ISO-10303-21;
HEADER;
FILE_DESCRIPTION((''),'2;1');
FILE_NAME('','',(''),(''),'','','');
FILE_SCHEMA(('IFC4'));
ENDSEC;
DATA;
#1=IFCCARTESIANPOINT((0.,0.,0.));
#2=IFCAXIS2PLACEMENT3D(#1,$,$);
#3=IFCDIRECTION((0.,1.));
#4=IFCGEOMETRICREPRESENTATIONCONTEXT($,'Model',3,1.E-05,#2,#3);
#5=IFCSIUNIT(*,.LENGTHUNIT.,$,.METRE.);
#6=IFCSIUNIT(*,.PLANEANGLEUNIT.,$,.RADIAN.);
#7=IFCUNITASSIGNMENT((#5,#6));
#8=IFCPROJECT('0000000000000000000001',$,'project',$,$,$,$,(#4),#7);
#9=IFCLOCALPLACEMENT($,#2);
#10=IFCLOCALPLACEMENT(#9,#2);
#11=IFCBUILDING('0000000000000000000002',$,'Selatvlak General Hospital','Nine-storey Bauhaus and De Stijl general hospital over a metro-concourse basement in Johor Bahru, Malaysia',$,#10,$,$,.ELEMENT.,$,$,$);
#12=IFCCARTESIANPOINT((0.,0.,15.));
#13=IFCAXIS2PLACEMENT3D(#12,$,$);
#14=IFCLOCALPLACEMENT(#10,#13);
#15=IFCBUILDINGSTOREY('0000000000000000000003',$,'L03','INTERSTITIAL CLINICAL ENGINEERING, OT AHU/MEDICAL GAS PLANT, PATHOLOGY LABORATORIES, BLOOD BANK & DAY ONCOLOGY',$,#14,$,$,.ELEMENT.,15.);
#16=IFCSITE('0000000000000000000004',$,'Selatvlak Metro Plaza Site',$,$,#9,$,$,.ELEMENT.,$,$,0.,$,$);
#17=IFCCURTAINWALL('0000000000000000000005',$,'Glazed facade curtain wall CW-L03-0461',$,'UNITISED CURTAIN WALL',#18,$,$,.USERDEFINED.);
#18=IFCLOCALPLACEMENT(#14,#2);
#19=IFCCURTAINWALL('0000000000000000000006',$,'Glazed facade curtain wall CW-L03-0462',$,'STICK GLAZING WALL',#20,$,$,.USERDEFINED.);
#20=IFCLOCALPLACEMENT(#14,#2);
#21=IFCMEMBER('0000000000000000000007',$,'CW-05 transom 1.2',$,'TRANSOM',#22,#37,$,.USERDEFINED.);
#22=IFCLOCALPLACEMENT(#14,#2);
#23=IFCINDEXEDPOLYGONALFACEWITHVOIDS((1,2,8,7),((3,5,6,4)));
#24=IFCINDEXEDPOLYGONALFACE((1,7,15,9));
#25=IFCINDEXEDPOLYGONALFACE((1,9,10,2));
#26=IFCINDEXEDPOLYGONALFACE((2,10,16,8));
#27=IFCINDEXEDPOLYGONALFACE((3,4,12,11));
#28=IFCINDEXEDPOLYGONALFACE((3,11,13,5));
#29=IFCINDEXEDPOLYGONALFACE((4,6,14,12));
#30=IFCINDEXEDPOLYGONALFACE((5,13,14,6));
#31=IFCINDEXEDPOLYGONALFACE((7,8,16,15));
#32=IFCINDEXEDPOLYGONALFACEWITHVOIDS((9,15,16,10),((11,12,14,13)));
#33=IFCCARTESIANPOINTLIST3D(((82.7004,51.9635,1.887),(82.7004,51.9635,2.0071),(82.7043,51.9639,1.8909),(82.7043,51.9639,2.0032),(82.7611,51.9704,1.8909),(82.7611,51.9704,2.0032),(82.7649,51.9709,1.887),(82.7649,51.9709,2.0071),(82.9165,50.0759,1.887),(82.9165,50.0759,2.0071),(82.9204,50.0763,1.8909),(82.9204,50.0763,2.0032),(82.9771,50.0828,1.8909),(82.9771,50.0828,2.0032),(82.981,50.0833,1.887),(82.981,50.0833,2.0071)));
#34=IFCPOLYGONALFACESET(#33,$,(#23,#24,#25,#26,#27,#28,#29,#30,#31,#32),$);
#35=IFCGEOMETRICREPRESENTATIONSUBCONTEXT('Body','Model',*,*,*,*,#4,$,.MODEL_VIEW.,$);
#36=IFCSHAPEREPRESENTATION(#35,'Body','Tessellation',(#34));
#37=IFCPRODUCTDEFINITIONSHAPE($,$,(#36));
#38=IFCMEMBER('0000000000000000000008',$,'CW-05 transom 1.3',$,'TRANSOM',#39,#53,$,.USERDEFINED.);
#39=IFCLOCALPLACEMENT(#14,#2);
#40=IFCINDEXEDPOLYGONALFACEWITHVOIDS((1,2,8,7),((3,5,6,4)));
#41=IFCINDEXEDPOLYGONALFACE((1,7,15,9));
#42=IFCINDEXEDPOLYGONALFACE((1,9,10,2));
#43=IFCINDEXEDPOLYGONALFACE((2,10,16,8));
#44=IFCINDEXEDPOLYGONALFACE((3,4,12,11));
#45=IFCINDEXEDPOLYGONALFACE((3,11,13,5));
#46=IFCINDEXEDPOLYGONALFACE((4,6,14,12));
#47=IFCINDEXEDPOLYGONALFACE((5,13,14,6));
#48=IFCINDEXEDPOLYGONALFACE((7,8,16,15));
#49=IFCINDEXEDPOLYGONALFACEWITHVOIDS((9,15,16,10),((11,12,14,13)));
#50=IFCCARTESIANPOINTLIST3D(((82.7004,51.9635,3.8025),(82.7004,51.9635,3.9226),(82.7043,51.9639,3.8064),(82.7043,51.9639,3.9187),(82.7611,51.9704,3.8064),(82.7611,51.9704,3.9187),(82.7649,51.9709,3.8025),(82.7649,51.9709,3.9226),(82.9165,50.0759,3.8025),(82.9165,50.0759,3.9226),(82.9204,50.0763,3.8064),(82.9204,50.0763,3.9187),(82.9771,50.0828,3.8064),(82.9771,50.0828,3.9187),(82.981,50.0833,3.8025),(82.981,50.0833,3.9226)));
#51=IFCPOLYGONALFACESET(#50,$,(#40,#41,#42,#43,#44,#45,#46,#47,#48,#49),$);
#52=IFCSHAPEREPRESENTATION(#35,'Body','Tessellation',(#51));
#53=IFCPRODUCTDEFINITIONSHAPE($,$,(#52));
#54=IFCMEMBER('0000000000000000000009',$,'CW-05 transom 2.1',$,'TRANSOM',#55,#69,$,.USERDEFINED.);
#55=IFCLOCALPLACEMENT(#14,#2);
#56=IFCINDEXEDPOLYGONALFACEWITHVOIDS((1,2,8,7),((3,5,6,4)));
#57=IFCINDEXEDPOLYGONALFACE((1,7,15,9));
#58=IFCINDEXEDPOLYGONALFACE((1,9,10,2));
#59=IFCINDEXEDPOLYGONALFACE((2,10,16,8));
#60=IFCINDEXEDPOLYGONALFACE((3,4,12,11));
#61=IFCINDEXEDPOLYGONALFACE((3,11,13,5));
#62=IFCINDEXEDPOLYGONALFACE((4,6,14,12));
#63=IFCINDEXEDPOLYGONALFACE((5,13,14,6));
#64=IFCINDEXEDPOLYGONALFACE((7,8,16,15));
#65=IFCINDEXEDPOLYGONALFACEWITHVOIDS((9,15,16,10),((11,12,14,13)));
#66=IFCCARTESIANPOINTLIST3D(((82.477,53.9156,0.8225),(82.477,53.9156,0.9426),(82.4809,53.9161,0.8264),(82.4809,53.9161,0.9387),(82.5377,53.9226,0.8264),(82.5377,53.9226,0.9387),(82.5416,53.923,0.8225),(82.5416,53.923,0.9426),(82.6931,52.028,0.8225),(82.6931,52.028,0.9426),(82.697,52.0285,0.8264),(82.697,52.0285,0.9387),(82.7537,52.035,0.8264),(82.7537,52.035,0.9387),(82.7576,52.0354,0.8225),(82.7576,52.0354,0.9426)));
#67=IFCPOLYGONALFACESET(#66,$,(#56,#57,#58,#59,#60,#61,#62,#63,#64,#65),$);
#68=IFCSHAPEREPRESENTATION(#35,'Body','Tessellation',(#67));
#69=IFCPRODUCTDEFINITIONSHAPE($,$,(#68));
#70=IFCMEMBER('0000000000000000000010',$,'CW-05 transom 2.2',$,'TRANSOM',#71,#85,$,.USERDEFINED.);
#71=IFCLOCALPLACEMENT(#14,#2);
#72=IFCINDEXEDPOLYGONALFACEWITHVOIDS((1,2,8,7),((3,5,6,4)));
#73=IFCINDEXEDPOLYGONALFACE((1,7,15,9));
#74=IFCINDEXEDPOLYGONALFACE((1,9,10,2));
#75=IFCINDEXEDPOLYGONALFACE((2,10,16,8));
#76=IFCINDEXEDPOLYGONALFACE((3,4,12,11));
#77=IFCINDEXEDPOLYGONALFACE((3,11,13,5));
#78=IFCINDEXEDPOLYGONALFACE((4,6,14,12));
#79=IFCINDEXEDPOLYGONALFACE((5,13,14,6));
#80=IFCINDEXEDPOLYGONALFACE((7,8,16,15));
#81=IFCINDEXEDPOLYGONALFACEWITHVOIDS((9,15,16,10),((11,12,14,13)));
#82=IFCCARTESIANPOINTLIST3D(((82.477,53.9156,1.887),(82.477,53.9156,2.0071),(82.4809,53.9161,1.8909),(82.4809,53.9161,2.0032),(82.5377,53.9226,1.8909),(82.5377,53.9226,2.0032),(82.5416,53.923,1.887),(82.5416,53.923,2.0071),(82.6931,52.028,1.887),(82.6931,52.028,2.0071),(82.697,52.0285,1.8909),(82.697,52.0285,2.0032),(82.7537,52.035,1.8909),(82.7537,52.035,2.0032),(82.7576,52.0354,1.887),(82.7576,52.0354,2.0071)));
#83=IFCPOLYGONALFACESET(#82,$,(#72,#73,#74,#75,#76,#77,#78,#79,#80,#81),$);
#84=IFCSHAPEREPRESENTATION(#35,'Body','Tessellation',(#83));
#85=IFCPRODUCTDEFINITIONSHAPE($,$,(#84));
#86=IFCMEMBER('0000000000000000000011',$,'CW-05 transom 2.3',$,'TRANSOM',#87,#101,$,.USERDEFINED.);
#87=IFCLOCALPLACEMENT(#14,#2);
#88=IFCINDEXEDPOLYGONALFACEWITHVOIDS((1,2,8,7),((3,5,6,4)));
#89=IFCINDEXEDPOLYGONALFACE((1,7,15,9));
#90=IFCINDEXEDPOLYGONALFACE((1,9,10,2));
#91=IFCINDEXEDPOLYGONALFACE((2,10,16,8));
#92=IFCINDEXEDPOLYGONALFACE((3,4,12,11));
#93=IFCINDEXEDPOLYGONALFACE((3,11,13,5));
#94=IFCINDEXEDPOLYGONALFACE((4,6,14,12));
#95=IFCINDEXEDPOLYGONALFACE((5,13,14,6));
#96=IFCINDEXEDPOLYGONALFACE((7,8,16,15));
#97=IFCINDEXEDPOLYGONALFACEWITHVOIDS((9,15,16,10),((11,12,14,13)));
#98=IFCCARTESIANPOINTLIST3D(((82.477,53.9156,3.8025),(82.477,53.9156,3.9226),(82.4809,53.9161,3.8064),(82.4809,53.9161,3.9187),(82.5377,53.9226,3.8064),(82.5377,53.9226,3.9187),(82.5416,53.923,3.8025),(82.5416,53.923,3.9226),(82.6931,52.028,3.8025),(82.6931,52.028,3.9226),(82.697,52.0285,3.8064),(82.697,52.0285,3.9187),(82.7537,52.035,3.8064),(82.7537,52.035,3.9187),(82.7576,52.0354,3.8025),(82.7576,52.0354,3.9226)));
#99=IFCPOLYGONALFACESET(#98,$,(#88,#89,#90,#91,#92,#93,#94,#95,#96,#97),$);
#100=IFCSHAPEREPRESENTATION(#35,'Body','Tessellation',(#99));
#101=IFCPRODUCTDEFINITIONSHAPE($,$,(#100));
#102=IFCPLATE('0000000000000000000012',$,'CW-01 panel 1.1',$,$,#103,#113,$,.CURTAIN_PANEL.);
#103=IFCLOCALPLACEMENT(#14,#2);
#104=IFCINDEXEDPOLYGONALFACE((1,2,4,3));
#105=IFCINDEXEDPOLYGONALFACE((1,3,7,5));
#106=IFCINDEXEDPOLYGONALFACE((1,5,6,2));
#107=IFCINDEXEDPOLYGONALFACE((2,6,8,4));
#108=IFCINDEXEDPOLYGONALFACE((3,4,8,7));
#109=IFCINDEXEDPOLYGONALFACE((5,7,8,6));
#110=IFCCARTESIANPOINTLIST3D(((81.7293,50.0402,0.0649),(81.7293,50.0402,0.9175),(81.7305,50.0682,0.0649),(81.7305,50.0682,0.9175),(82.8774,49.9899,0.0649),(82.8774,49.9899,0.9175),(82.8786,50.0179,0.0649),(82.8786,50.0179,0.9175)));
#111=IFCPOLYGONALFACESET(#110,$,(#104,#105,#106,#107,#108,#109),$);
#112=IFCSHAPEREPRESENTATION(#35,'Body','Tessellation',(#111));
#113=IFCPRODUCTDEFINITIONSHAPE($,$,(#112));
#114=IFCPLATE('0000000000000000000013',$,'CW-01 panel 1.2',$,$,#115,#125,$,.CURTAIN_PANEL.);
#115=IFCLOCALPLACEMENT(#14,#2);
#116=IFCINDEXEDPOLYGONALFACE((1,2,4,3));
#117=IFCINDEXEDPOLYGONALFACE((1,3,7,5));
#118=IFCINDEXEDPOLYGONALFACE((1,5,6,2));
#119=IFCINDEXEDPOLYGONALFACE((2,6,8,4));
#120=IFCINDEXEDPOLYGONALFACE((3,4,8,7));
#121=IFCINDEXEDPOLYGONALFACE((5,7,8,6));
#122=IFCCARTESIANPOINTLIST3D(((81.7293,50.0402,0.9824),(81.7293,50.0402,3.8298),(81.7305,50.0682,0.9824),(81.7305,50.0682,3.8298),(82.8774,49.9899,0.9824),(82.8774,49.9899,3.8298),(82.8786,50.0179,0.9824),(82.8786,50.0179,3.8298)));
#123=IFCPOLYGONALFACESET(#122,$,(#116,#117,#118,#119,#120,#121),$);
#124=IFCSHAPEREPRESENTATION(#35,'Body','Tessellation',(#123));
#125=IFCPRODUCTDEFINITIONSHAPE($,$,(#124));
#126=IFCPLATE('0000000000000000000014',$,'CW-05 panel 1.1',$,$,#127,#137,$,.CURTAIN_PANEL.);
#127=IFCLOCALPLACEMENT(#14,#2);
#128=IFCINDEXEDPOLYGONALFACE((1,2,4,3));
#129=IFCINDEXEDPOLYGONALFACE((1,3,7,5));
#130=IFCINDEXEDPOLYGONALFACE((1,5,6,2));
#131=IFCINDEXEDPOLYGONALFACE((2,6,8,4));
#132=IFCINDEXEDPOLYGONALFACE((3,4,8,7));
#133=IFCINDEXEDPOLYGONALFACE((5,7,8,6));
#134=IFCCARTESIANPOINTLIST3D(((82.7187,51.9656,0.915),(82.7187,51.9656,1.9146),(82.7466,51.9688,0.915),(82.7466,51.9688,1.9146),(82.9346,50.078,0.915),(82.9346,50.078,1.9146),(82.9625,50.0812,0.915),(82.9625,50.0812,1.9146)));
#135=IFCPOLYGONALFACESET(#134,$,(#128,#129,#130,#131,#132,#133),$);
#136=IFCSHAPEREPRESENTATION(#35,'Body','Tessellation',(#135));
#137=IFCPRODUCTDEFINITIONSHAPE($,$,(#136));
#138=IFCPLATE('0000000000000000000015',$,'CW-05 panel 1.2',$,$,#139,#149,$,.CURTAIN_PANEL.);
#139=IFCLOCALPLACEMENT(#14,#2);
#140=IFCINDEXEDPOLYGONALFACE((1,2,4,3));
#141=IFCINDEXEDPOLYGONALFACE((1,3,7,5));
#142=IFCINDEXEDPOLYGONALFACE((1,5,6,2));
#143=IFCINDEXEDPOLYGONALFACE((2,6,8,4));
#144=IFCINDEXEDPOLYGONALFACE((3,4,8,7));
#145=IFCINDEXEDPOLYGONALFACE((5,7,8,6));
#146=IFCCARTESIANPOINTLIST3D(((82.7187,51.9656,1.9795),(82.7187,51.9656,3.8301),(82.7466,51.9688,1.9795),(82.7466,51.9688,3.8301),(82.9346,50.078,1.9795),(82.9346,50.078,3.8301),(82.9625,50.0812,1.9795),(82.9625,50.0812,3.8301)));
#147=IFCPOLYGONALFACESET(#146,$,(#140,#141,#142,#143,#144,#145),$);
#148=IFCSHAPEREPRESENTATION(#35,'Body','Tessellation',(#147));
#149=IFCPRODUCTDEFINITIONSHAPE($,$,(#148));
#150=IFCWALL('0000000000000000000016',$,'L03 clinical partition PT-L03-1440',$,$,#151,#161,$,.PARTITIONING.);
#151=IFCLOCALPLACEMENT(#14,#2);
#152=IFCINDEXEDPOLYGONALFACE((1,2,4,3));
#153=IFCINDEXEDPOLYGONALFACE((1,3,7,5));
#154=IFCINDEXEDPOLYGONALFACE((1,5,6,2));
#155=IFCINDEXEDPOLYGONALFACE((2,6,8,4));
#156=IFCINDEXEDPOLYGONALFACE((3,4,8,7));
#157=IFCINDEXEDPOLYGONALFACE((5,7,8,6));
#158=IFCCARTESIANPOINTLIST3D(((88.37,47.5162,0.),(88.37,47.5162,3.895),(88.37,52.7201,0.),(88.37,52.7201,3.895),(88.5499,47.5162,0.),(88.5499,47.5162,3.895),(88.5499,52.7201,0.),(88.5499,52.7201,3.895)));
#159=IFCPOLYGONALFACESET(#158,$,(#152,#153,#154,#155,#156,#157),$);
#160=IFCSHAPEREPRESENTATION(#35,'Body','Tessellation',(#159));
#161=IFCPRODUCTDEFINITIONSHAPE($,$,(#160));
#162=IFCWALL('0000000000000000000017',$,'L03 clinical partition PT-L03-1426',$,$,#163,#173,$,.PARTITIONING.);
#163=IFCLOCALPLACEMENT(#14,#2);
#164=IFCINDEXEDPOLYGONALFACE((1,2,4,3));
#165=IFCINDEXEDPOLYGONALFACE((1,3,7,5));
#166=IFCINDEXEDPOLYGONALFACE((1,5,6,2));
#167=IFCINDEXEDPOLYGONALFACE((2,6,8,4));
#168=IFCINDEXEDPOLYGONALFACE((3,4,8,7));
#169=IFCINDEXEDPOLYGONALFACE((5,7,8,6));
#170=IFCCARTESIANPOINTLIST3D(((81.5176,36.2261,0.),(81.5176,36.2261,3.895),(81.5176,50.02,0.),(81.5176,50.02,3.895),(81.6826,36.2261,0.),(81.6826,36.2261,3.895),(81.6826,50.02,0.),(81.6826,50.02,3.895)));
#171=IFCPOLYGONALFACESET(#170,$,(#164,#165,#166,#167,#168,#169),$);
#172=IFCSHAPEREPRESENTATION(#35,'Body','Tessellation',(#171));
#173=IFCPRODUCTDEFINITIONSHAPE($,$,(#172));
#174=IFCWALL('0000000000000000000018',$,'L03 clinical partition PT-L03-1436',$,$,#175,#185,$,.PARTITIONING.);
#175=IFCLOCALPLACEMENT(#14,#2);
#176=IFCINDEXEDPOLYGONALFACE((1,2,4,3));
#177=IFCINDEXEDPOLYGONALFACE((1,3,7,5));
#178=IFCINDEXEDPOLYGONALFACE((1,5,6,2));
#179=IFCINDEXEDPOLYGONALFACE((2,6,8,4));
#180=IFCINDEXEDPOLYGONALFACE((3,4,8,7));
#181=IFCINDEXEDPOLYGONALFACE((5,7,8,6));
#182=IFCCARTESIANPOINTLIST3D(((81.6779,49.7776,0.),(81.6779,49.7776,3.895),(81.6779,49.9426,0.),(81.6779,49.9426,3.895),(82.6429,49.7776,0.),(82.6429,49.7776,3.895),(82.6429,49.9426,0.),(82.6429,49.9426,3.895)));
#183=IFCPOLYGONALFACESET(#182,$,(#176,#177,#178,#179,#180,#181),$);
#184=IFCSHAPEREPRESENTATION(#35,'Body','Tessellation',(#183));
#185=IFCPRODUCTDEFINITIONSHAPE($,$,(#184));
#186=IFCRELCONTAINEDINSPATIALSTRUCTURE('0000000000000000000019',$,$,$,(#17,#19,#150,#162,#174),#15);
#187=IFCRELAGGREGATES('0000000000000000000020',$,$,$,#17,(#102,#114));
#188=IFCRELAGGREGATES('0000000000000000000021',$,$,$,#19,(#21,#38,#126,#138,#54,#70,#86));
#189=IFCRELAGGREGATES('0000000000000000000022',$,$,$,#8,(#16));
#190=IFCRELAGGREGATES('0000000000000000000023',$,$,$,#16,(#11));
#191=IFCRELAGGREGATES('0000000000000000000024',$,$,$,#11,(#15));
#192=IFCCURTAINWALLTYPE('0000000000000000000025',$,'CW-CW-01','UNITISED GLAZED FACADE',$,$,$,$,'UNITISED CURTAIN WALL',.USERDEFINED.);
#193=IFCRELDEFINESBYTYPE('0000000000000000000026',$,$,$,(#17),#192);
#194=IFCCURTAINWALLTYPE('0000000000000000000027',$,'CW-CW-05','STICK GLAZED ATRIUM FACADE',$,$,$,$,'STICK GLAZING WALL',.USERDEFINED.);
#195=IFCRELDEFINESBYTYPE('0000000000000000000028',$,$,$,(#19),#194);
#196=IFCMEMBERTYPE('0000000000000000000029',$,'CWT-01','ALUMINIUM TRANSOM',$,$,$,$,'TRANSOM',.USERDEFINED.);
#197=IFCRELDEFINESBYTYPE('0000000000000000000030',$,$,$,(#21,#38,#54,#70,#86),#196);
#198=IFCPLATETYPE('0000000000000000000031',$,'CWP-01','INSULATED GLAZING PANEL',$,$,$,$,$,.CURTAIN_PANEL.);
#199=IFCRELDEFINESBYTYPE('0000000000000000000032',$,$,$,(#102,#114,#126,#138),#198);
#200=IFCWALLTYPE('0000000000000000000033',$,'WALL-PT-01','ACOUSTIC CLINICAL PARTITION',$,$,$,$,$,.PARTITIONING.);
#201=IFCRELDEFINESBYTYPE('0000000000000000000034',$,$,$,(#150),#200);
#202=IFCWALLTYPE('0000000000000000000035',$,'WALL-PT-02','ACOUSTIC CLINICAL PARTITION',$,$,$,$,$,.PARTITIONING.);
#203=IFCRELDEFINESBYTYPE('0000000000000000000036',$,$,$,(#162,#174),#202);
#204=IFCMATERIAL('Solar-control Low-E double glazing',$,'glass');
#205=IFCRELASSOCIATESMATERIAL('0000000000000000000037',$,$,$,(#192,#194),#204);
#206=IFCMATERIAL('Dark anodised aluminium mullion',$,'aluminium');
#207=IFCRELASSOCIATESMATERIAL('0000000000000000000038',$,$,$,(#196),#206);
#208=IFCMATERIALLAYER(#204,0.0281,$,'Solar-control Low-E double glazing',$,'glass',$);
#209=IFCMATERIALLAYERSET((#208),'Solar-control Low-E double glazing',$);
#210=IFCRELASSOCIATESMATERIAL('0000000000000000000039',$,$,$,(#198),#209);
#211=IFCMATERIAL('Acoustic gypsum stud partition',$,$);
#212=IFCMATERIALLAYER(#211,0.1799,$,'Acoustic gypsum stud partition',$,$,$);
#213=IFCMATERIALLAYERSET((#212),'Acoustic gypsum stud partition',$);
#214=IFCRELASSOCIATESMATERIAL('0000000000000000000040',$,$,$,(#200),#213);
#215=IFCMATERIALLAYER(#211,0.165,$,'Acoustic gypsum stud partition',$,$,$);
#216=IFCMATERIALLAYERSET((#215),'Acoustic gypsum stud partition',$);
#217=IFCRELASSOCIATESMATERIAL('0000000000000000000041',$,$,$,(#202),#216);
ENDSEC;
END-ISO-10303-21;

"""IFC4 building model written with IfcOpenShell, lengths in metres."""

from ifc_helpers import new_model, si_unit, direction, frame, frame_2d, origin, origin_2d, place, context, subcontext, project, spatial, rectangle, hollow_rectangle, extrude, material, layer, layer_set, material_profile, profile_set, type_object, element, aggregate, save


model = new_model("IFC4")

# Units and contexts
model_context = context("Model", 3, precision=1e-05, world=origin(), true_north=direction((0.0, 1.0)))
body_context = subcontext(model_context, "Body", "Model", "MODEL_VIEW")
ifc_project = project(units=[si_unit("LENGTHUNIT", "METRE"), si_unit("PLANEANGLEUNIT", "RADIAN")], contexts=[model_context])

# Site, building, storey
site_placement = place(None, origin())
site = spatial("IfcSite", under=ifc_project, at=site_placement, Name="Selatvlak Metro Plaza Site", CompositionType="ELEMENT", RefElevation=0.0)
building_placement = place(site_placement, origin())
building = spatial("IfcBuilding", under=site, at=building_placement, Name="Selatvlak General Hospital", Description="Nine-storey Bauhaus and De Stijl general hospital over a metro-concourse basement in Johor Bahru, Malaysia", CompositionType="ELEMENT")
storey_placement = place(building_placement, frame((0.0, 0.0, 15.0)))
storey = spatial("IfcBuildingStorey", under=building, at=storey_placement, Name="L03", Description="INTERSTITIAL CLINICAL ENGINEERING, OT AHU/MEDICAL GAS PLANT, PATHOLOGY LABORATORIES, BLOOD BANK & DAY ONCOLOGY", CompositionType="ELEMENT", Elevation=15.0)

# Shared definitions
ifc_material_1 = material(Name="Solar-control Low-E double glazing", Category="glass")
ifc_material_2 = material(Name="Dark anodised aluminium mullion", Category="aluminium")

# Curtain walls
curtain_wall_type_1 = type_object("IfcCurtainWallType", Name="CW-CW-01", Description="UNITISED GLAZED FACADE", ElementType="UNITISED CURTAIN WALL", PredefinedType="USERDEFINED", material=ifc_material_1)
curtain_wall_1_placement = place(storey_placement, origin())
curtain_wall_1 = element("IfcCurtainWall", 1, at=curtain_wall_1_placement, inside=storey, type_object=curtain_wall_type_1, Name="Glazed facade curtain wall CW-L03-0461", ObjectType="UNITISED CURTAIN WALL", PredefinedType="USERDEFINED")
curtain_wall_type_2 = type_object("IfcCurtainWallType", Name="CW-CW-05", Description="STICK GLAZED ATRIUM FACADE", ElementType="STICK GLAZING WALL", PredefinedType="USERDEFINED", material=ifc_material_1)
curtain_wall_2_placement = place(storey_placement, origin())
curtain_wall_2 = element("IfcCurtainWall", 2, at=curtain_wall_2_placement, inside=storey, type_object=curtain_wall_type_2, Name="Glazed facade curtain wall CW-L03-0462", ObjectType="STICK GLAZING WALL", PredefinedType="USERDEFINED")

# Members
ifc_material_profile_1 = material_profile(ifc_material_2, hollow_rectangle(XDim=0.0649, YDim=0.1201, WallThickness=0.0039, at=origin_2d()), Name="AL-TRN 65x120x4")
ifc_profile_set_1 = profile_set([ifc_material_profile_1], Name="Dark anodised aluminium mullion")
member_type_1 = type_object("IfcMemberType", Name="CWT-01", Description="ALUMINIUM TRANSOM", ElementType="TRANSOM", PredefinedType="USERDEFINED", material=ifc_profile_set_1)
member_1_placement = place(storey_placement, frame((82.9487, 50.0796, 1.947), z_axis=(-0.113717, 0.993513, 0.0), x_axis=(-0.993513, -0.113717, 0.0)))
member_1 = element("IfcMember", 3, at=member_1_placement, type_object=member_type_1, Name="CW-05 transom 1.2", ObjectType="TRANSOM", PredefinedType="USERDEFINED", context=body_context, shape_type="SweptSolid", body=[
    extrude(hollow_rectangle(XDim=0.0649, YDim=0.1201, WallThickness=0.0039, at=origin_2d()), origin(), (0.0, 0.0, 1.0), 1.8999),
])
member_2_placement = place(storey_placement, frame((82.9487, 50.0796, 3.8625), z_axis=(-0.113717, 0.993513, 0.0), x_axis=(-0.993513, -0.113717, 0.0)))
member_2 = element("IfcMember", 4, at=member_2_placement, type_object=member_type_1, Name="CW-05 transom 1.3", ObjectType="TRANSOM", PredefinedType="USERDEFINED", context=body_context, shape_type="SweptSolid", body=[
    extrude(hollow_rectangle(XDim=0.0649, YDim=0.1201, WallThickness=0.0039, at=origin_2d()), origin(), (0.0, 0.0, 1.0), 1.8999),
])
member_3_placement = place(storey_placement, frame((82.7253, 52.0317, 0.8826), z_axis=(-0.113717, 0.993513, 0.0), x_axis=(-0.993513, -0.113717, 0.0)))
member_3 = element("IfcMember", 5, at=member_3_placement, type_object=member_type_1, Name="CW-05 transom 2.1", ObjectType="TRANSOM", PredefinedType="USERDEFINED", context=body_context, shape_type="SweptSolid", body=[
    extrude(hollow_rectangle(XDim=0.0649, YDim=0.1201, WallThickness=0.0039, at=origin_2d()), origin(), (0.0, 0.0, 1.0), 1.8999),
])
member_4_placement = place(storey_placement, frame((82.7253, 52.0317, 1.947), z_axis=(-0.113717, 0.993513, 0.0), x_axis=(-0.993513, -0.113717, 0.0)))
member_4 = element("IfcMember", 6, at=member_4_placement, type_object=member_type_1, Name="CW-05 transom 2.2", ObjectType="TRANSOM", PredefinedType="USERDEFINED", context=body_context, shape_type="SweptSolid", body=[
    extrude(hollow_rectangle(XDim=0.0649, YDim=0.1201, WallThickness=0.0039, at=origin_2d()), origin(), (0.0, 0.0, 1.0), 1.8999),
])
member_5_placement = place(storey_placement, frame((82.7253, 52.0317, 3.8625), z_axis=(-0.113717, 0.993513, 0.0), x_axis=(-0.993513, -0.113717, 0.0)))
member_5 = element("IfcMember", 7, at=member_5_placement, type_object=member_type_1, Name="CW-05 transom 2.3", ObjectType="TRANSOM", PredefinedType="USERDEFINED", context=body_context, shape_type="SweptSolid", body=[
    extrude(hollow_rectangle(XDim=0.0649, YDim=0.1201, WallThickness=0.0039, at=origin_2d()), origin(), (0.0, 0.0, 1.0), 1.8999),
])

# Plates
ifc_layer_1 = layer(ifc_material_1, 0.0281, Name="Solar-control Low-E double glazing", Category="glass")
ifc_layer_set_1 = layer_set([ifc_layer_1], Name="Solar-control Low-E double glazing")
plate_type = type_object("IfcPlateType", Name="CWP-01", Description="INSULATED GLAZING PANEL", PredefinedType="CURTAIN_PANEL", material=ifc_layer_set_1)
plate_1_placement = place(storey_placement, frame((82.304, 50.0291, 0.0649), z_axis=(0.0, 0.0, 1.0), x_axis=(0.999041, -0.043776, 0.0)))
plate_1 = element("IfcPlate", 8, at=plate_1_placement, type_object=plate_type, Name="CW-01 panel 1.1", PredefinedType="CURTAIN_PANEL", context=body_context, shape_type="SweptSolid", body=[
    extrude(rectangle(XDim=1.1492, YDim=0.0281, at=origin_2d()), origin(), (0.0, 0.0, 1.0), 0.8525),
])
plate_2_placement = place(storey_placement, frame((82.304, 50.0291, 0.9824), z_axis=(0.0, 0.0, 1.0), x_axis=(0.999041, -0.043776, 0.0)))
plate_2 = element("IfcPlate", 9, at=plate_2_placement, type_object=plate_type, Name="CW-01 panel 1.2", PredefinedType="CURTAIN_PANEL", context=body_context, shape_type="SweptSolid", body=[
    extrude(rectangle(XDim=1.1492, YDim=0.0281, at=origin_2d()), origin(), (0.0, 0.0, 1.0), 2.8474),
])
aggregate(curtain_wall_1, [plate_1, plate_2])
plate_3_placement = place(storey_placement, frame((82.8406, 51.0234, 0.915), z_axis=(0.0, 0.0, 1.0), x_axis=(-0.113645, 0.993521, 0.0)))
plate_3 = element("IfcPlate", 10, at=plate_3_placement, type_object=plate_type, Name="CW-05 panel 1.1", PredefinedType="CURTAIN_PANEL", context=body_context, shape_type="SweptSolid", body=[
    extrude(rectangle(XDim=1.8999, YDim=0.0281, at=origin_2d()), origin(), (0.0, 0.0, 1.0), 0.9995),
])
plate_4_placement = place(storey_placement, frame((82.8406, 51.0234, 1.9795), z_axis=(0.0, 0.0, 1.0), x_axis=(-0.113645, 0.993521, 0.0)))
plate_4 = element("IfcPlate", 11, at=plate_4_placement, type_object=plate_type, Name="CW-05 panel 1.2", PredefinedType="CURTAIN_PANEL", context=body_context, shape_type="SweptSolid", body=[
    extrude(rectangle(XDim=1.8999, YDim=0.0281, at=origin_2d()), origin(), (0.0, 0.0, 1.0), 1.8506),
])
aggregate(curtain_wall_2, [member_1, member_2, plate_3, plate_4, member_3, member_4, member_5])

# Wall
ifc_material_3 = material(Name="Acoustic gypsum stud partition")
ifc_layer_2 = layer(ifc_material_3, 0.1799, Name="Acoustic gypsum stud partition")
ifc_layer_set_2 = layer_set([ifc_layer_2], Name="Acoustic gypsum stud partition")
wall_type_1 = type_object("IfcWallType", Name="WALL-PT-01", Description="ACOUSTIC CLINICAL PARTITION", PredefinedType="PARTITIONING", material=ifc_layer_set_2)
wall_1_placement = place(storey_placement, frame((88.46, 47.5161, 0.0), z_axis=(0.0, 0.0, 1.0), x_axis=(0.0, 1.0, 0.0)))
element("IfcWall", 12, at=wall_1_placement, inside=storey, type_object=wall_type_1, Name="L03 clinical partition PT-L03-1440", PredefinedType="PARTITIONING", context=body_context, shape_type="SweptSolid", body=[
    extrude(rectangle(XDim=5.2039, YDim=0.1799, at=frame_2d((2.6021, 0.0))), origin(), (0.0, 0.0, 1.0), 3.895),
])

# Walls
ifc_layer_3 = layer(ifc_material_3, 0.165, Name="Acoustic gypsum stud partition")
ifc_layer_set_3 = layer_set([ifc_layer_3], Name="Acoustic gypsum stud partition")
wall_type_2 = type_object("IfcWallType", Name="WALL-PT-02", Description="ACOUSTIC CLINICAL PARTITION", PredefinedType="PARTITIONING", material=ifc_layer_set_3)
wall_2_placement = place(storey_placement, frame((81.6001, 50.02, 0.0), z_axis=(0.0, 0.0, 1.0), x_axis=(0.0, -1.0, 0.0)))
element("IfcWall", 13, at=wall_2_placement, inside=storey, type_object=wall_type_2, Name="L03 clinical partition PT-L03-1426", PredefinedType="PARTITIONING", context=body_context, shape_type="SweptSolid", body=[
    extrude(rectangle(XDim=13.7939, YDim=0.165, at=frame_2d((6.897, 0.0))), origin(), (0.0, 0.0, 1.0), 3.895),
])
wall_3_placement = place(storey_placement, frame((81.678, 49.8601, 0.0), z_axis=(0.0, 0.0, 1.0), x_axis=(1.0, 0.0, 0.0)))
element("IfcWall", 14, at=wall_3_placement, inside=storey, type_object=wall_type_2, Name="L03 clinical partition PT-L03-1436", PredefinedType="PARTITIONING", context=body_context, shape_type="SweptSolid", body=[
    extrude(rectangle(XDim=0.9651, YDim=0.165, at=frame_2d((0.4824, 0.0))), origin(), (0.0, 0.0, 1.0), 3.895),
])

save(model, "model.ifc")
